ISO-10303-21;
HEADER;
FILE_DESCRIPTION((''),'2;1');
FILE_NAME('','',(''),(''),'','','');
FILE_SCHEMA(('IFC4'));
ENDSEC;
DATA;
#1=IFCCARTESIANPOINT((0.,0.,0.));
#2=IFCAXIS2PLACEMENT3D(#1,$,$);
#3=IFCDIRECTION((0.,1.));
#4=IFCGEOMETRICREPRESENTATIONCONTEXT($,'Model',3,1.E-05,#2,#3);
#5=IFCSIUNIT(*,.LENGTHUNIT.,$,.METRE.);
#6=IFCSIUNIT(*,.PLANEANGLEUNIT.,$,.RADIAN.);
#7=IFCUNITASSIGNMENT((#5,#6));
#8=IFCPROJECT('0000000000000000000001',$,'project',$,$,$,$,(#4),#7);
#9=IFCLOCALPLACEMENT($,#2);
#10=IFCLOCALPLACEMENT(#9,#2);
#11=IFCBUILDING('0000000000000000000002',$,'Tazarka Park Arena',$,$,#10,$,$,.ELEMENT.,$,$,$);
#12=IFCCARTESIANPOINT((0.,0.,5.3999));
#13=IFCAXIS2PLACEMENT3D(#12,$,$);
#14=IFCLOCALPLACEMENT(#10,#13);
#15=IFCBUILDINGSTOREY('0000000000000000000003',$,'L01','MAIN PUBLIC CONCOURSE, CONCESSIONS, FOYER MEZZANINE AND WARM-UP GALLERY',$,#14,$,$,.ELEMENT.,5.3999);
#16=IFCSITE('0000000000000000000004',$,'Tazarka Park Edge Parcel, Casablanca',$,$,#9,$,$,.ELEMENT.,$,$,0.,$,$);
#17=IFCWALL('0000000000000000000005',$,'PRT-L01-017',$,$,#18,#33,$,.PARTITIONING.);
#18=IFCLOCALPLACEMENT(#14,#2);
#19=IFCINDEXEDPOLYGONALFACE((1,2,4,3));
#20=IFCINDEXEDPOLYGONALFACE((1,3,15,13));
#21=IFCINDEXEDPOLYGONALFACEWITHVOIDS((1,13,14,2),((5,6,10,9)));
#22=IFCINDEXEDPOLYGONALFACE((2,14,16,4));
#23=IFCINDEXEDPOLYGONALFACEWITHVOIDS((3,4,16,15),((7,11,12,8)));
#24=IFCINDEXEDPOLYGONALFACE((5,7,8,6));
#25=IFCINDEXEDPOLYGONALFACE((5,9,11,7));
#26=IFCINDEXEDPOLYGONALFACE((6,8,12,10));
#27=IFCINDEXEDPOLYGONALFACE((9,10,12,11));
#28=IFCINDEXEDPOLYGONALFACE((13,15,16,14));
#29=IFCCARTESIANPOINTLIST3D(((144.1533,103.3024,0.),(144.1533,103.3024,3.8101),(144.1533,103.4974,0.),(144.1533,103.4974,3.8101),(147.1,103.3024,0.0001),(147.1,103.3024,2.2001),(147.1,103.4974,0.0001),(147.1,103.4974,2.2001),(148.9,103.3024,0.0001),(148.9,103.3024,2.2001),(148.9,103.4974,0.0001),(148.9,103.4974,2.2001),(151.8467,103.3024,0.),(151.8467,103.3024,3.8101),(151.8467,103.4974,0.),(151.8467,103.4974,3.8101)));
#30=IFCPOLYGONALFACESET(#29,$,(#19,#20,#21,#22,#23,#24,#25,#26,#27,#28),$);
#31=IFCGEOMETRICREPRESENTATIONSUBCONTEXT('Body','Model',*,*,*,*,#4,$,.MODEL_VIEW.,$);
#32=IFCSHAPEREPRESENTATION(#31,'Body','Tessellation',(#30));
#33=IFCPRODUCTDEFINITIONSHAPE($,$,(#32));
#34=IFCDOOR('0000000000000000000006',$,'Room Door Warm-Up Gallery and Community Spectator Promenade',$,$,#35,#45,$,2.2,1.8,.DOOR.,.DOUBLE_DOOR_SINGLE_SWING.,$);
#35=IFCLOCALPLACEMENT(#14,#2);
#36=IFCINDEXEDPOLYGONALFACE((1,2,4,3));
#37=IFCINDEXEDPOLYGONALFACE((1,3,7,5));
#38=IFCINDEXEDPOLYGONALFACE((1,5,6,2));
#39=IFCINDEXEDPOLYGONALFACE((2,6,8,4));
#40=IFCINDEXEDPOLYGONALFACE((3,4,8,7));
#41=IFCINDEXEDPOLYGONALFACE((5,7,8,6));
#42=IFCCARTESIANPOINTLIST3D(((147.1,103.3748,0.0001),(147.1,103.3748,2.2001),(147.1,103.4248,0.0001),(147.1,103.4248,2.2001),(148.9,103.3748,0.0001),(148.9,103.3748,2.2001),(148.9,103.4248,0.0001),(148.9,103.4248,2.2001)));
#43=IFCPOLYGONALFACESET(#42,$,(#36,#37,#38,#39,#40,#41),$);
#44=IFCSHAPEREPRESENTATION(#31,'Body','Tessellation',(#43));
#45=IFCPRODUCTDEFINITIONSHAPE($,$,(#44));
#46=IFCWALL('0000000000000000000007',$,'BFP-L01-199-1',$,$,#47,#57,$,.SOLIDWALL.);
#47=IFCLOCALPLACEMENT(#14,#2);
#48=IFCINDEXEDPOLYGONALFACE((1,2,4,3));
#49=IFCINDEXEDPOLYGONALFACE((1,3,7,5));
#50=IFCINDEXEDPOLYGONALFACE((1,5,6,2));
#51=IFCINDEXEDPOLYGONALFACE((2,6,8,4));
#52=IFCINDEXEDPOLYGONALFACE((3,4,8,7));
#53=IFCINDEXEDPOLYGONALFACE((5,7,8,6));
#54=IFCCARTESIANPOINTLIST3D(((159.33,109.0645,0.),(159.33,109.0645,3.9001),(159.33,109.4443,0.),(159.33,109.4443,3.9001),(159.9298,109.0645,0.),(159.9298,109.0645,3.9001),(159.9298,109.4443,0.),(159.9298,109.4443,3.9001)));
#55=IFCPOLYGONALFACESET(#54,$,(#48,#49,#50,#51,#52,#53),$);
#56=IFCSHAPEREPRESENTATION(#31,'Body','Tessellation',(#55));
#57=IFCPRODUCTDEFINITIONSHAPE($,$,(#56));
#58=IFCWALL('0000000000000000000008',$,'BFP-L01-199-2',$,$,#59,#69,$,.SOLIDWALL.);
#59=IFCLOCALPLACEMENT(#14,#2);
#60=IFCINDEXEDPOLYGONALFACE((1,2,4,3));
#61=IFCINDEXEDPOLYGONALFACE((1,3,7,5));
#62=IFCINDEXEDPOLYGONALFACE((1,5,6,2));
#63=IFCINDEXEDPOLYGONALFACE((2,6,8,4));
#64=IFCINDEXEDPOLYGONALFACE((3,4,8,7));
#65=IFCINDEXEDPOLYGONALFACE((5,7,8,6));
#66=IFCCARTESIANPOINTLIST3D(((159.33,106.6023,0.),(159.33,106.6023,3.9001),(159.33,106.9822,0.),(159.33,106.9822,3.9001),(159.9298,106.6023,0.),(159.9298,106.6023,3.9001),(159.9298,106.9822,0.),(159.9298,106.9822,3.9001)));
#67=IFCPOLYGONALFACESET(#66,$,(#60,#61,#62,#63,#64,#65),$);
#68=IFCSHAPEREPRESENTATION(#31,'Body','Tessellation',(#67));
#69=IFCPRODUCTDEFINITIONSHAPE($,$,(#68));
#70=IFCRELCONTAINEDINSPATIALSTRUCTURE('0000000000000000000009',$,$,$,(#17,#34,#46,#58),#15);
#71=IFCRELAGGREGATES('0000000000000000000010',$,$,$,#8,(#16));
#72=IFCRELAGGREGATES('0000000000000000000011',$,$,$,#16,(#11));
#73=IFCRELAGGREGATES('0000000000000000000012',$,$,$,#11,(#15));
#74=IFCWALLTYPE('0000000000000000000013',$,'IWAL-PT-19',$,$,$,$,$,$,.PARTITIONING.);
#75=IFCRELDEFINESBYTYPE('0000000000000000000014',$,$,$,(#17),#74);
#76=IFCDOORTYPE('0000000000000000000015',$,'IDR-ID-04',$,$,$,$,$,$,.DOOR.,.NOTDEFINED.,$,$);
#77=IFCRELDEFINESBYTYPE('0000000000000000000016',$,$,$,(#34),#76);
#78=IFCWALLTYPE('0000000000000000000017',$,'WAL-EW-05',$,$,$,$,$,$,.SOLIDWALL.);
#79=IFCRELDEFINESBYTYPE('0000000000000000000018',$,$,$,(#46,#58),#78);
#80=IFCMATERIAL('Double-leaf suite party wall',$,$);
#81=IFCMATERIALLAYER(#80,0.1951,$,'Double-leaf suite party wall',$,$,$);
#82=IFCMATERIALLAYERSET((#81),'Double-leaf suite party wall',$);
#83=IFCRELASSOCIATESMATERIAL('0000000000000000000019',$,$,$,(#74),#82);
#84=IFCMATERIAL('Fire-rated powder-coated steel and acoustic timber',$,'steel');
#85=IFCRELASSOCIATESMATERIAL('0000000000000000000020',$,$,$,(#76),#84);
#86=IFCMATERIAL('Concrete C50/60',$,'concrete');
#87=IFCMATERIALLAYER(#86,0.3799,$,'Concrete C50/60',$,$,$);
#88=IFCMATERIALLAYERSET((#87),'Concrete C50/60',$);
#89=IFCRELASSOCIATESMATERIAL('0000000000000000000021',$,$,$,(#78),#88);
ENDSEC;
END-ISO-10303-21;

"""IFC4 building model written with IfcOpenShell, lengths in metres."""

from ifc_helpers import new_model, si_unit, direction, frame, frame_2d, origin, place, context, subcontext, project, spatial, rectangle, extrude, material, layer, layer_set, type_object, element, fill, save


model = new_model("IFC4")

# Units and contexts
model_context = context("Model", 3, precision=1e-05, world=origin(), true_north=direction((0.0, 1.0)))
body_context = subcontext(model_context, "Body", "Model", "MODEL_VIEW")
ifc_project = project(units=[si_unit("LENGTHUNIT", "METRE"), si_unit("PLANEANGLEUNIT", "RADIAN")], contexts=[model_context])

# Site, building, storey
site_placement = place(None, origin())
site = spatial("IfcSite", under=ifc_project, at=site_placement, Name="Tazarka Park Edge Parcel, Casablanca", CompositionType="ELEMENT", RefElevation=0.0)
building_placement = place(site_placement, origin())
building = spatial("IfcBuilding", under=site, at=building_placement, Name="Tazarka Park Arena", CompositionType="ELEMENT")
storey_placement = place(building_placement, frame((0.0, 0.0, 5.3999)))
storey = spatial("IfcBuildingStorey", under=building, at=storey_placement, Name="L01", Description="MAIN PUBLIC CONCOURSE, CONCESSIONS, FOYER MEZZANINE AND WARM-UP GALLERY", CompositionType="ELEMENT", Elevation=5.3999)

# Wall, opening, door
ifc_material_1 = material(Name="Double-leaf suite party wall")
ifc_layer_1 = layer(ifc_material_1, 0.1951, Name="Double-leaf suite party wall")
ifc_layer_set_1 = layer_set([ifc_layer_1], Name="Double-leaf suite party wall")
wall_type_1 = type_object("IfcWallType", Name="IWAL-PT-19", PredefinedType="PARTITIONING", material=ifc_layer_set_1)
wall_1_placement = place(storey_placement, frame((144.1533, 103.3999, 0.0), z_axis=(0.0, 0.0, 1.0), x_axis=(1.0, 0.0, 0.0)))
wall_1 = element("IfcWall", 1, at=wall_1_placement, inside=storey, type_object=wall_type_1, Name="PRT-L01-017", PredefinedType="PARTITIONING", context=body_context, shape_type="SweptSolid", body=[
    extrude(rectangle(XDim=7.6934, YDim=0.1951, at=frame_2d((3.8467, 0.0))), origin(), (0.0, 0.0, 1.0), 3.8101),
])
opening_1_placement = place(wall_1_placement, frame((2.9468, 0.0, 0.0)))
opening_1 = element("IfcOpeningElement", 2, at=opening_1_placement, cuts=wall_1, PredefinedType="OPENING", context=body_context, shape_type="SweptSolid", body=[
    extrude(rectangle(XDim=1.8, YDim=2.2, at=frame_2d((0.8999, 1.1001))), frame((0.0, 0.1074, 0.0), z_axis=(0.0, -1.0, 0.0), x_axis=(1.0, 0.0, 0.0)), (0.0, 0.0, 1.0), 0.2151),
])
ifc_material_2 = material(Name="Fire-rated powder-coated steel and acoustic timber", Category="steel")
door_type_1 = type_object("IfcDoorType", Name="IDR-ID-04", OperationType="NOTDEFINED", PredefinedType="DOOR", material=ifc_material_2)
door_1_placement = place(opening_1_placement, origin())
door_1 = element("IfcDoor", 3, at=door_1_placement, inside=storey, type_object=door_type_1, Name="Room Door Warm-Up Gallery and Community Spectator Promenade", OperationType="DOUBLE_DOOR_SINGLE_SWING", OverallHeight=2.2, OverallWidth=1.8, PredefinedType="DOOR", context=body_context, shape_type="SweptSolid", body=[
    extrude(rectangle(XDim=1.8, YDim=2.2, at=frame_2d((0.8999, 1.1001))), frame((0.0, 0.0249, 0.0), z_axis=(0.0, -1.0, 0.0), x_axis=(1.0, 0.0, 0.0)), (0.0, 0.0, 1.0), 0.05),
])
fill(opening_1, door_1)

# Walls
ifc_material_3 = material(Name="Concrete C50/60", Category="concrete")
ifc_layer_2 = layer(ifc_material_3, 0.3799, Name="Concrete C50/60")
ifc_layer_set_2 = layer_set([ifc_layer_2], Name="Concrete C50/60")
wall_type_2 = type_object("IfcWallType", Name="WAL-EW-05", PredefinedType="SOLIDWALL", material=ifc_layer_set_2)
for number, where, z_axis, x_axis, name in (
    (4, (159.3301, 109.2544, 0.0), (0.0, 0.0, 1.0), (1.0, 0.0, 0.0), "BFP-L01-199-1"),
    (5, (159.3301, 106.7922, 0.0), (0.0, 0.0, 1.0), (1.0, 0.0, 0.0), "BFP-L01-199-2"),
):
    element("IfcWall", number, at=place(storey_placement, frame(where, z_axis=z_axis, x_axis=x_axis)), inside=storey, type_object=wall_type_2, Name=name, PredefinedType="SOLIDWALL", context=body_context, shape_type="SweptSolid", body=[
        extrude(rectangle(XDim=0.5999, YDim=0.3799, at=frame_2d((0.2998, 0.0))), origin(), (0.0, 0.0, 1.0), 3.9001),
    ])

save(model, "model.ifc")
